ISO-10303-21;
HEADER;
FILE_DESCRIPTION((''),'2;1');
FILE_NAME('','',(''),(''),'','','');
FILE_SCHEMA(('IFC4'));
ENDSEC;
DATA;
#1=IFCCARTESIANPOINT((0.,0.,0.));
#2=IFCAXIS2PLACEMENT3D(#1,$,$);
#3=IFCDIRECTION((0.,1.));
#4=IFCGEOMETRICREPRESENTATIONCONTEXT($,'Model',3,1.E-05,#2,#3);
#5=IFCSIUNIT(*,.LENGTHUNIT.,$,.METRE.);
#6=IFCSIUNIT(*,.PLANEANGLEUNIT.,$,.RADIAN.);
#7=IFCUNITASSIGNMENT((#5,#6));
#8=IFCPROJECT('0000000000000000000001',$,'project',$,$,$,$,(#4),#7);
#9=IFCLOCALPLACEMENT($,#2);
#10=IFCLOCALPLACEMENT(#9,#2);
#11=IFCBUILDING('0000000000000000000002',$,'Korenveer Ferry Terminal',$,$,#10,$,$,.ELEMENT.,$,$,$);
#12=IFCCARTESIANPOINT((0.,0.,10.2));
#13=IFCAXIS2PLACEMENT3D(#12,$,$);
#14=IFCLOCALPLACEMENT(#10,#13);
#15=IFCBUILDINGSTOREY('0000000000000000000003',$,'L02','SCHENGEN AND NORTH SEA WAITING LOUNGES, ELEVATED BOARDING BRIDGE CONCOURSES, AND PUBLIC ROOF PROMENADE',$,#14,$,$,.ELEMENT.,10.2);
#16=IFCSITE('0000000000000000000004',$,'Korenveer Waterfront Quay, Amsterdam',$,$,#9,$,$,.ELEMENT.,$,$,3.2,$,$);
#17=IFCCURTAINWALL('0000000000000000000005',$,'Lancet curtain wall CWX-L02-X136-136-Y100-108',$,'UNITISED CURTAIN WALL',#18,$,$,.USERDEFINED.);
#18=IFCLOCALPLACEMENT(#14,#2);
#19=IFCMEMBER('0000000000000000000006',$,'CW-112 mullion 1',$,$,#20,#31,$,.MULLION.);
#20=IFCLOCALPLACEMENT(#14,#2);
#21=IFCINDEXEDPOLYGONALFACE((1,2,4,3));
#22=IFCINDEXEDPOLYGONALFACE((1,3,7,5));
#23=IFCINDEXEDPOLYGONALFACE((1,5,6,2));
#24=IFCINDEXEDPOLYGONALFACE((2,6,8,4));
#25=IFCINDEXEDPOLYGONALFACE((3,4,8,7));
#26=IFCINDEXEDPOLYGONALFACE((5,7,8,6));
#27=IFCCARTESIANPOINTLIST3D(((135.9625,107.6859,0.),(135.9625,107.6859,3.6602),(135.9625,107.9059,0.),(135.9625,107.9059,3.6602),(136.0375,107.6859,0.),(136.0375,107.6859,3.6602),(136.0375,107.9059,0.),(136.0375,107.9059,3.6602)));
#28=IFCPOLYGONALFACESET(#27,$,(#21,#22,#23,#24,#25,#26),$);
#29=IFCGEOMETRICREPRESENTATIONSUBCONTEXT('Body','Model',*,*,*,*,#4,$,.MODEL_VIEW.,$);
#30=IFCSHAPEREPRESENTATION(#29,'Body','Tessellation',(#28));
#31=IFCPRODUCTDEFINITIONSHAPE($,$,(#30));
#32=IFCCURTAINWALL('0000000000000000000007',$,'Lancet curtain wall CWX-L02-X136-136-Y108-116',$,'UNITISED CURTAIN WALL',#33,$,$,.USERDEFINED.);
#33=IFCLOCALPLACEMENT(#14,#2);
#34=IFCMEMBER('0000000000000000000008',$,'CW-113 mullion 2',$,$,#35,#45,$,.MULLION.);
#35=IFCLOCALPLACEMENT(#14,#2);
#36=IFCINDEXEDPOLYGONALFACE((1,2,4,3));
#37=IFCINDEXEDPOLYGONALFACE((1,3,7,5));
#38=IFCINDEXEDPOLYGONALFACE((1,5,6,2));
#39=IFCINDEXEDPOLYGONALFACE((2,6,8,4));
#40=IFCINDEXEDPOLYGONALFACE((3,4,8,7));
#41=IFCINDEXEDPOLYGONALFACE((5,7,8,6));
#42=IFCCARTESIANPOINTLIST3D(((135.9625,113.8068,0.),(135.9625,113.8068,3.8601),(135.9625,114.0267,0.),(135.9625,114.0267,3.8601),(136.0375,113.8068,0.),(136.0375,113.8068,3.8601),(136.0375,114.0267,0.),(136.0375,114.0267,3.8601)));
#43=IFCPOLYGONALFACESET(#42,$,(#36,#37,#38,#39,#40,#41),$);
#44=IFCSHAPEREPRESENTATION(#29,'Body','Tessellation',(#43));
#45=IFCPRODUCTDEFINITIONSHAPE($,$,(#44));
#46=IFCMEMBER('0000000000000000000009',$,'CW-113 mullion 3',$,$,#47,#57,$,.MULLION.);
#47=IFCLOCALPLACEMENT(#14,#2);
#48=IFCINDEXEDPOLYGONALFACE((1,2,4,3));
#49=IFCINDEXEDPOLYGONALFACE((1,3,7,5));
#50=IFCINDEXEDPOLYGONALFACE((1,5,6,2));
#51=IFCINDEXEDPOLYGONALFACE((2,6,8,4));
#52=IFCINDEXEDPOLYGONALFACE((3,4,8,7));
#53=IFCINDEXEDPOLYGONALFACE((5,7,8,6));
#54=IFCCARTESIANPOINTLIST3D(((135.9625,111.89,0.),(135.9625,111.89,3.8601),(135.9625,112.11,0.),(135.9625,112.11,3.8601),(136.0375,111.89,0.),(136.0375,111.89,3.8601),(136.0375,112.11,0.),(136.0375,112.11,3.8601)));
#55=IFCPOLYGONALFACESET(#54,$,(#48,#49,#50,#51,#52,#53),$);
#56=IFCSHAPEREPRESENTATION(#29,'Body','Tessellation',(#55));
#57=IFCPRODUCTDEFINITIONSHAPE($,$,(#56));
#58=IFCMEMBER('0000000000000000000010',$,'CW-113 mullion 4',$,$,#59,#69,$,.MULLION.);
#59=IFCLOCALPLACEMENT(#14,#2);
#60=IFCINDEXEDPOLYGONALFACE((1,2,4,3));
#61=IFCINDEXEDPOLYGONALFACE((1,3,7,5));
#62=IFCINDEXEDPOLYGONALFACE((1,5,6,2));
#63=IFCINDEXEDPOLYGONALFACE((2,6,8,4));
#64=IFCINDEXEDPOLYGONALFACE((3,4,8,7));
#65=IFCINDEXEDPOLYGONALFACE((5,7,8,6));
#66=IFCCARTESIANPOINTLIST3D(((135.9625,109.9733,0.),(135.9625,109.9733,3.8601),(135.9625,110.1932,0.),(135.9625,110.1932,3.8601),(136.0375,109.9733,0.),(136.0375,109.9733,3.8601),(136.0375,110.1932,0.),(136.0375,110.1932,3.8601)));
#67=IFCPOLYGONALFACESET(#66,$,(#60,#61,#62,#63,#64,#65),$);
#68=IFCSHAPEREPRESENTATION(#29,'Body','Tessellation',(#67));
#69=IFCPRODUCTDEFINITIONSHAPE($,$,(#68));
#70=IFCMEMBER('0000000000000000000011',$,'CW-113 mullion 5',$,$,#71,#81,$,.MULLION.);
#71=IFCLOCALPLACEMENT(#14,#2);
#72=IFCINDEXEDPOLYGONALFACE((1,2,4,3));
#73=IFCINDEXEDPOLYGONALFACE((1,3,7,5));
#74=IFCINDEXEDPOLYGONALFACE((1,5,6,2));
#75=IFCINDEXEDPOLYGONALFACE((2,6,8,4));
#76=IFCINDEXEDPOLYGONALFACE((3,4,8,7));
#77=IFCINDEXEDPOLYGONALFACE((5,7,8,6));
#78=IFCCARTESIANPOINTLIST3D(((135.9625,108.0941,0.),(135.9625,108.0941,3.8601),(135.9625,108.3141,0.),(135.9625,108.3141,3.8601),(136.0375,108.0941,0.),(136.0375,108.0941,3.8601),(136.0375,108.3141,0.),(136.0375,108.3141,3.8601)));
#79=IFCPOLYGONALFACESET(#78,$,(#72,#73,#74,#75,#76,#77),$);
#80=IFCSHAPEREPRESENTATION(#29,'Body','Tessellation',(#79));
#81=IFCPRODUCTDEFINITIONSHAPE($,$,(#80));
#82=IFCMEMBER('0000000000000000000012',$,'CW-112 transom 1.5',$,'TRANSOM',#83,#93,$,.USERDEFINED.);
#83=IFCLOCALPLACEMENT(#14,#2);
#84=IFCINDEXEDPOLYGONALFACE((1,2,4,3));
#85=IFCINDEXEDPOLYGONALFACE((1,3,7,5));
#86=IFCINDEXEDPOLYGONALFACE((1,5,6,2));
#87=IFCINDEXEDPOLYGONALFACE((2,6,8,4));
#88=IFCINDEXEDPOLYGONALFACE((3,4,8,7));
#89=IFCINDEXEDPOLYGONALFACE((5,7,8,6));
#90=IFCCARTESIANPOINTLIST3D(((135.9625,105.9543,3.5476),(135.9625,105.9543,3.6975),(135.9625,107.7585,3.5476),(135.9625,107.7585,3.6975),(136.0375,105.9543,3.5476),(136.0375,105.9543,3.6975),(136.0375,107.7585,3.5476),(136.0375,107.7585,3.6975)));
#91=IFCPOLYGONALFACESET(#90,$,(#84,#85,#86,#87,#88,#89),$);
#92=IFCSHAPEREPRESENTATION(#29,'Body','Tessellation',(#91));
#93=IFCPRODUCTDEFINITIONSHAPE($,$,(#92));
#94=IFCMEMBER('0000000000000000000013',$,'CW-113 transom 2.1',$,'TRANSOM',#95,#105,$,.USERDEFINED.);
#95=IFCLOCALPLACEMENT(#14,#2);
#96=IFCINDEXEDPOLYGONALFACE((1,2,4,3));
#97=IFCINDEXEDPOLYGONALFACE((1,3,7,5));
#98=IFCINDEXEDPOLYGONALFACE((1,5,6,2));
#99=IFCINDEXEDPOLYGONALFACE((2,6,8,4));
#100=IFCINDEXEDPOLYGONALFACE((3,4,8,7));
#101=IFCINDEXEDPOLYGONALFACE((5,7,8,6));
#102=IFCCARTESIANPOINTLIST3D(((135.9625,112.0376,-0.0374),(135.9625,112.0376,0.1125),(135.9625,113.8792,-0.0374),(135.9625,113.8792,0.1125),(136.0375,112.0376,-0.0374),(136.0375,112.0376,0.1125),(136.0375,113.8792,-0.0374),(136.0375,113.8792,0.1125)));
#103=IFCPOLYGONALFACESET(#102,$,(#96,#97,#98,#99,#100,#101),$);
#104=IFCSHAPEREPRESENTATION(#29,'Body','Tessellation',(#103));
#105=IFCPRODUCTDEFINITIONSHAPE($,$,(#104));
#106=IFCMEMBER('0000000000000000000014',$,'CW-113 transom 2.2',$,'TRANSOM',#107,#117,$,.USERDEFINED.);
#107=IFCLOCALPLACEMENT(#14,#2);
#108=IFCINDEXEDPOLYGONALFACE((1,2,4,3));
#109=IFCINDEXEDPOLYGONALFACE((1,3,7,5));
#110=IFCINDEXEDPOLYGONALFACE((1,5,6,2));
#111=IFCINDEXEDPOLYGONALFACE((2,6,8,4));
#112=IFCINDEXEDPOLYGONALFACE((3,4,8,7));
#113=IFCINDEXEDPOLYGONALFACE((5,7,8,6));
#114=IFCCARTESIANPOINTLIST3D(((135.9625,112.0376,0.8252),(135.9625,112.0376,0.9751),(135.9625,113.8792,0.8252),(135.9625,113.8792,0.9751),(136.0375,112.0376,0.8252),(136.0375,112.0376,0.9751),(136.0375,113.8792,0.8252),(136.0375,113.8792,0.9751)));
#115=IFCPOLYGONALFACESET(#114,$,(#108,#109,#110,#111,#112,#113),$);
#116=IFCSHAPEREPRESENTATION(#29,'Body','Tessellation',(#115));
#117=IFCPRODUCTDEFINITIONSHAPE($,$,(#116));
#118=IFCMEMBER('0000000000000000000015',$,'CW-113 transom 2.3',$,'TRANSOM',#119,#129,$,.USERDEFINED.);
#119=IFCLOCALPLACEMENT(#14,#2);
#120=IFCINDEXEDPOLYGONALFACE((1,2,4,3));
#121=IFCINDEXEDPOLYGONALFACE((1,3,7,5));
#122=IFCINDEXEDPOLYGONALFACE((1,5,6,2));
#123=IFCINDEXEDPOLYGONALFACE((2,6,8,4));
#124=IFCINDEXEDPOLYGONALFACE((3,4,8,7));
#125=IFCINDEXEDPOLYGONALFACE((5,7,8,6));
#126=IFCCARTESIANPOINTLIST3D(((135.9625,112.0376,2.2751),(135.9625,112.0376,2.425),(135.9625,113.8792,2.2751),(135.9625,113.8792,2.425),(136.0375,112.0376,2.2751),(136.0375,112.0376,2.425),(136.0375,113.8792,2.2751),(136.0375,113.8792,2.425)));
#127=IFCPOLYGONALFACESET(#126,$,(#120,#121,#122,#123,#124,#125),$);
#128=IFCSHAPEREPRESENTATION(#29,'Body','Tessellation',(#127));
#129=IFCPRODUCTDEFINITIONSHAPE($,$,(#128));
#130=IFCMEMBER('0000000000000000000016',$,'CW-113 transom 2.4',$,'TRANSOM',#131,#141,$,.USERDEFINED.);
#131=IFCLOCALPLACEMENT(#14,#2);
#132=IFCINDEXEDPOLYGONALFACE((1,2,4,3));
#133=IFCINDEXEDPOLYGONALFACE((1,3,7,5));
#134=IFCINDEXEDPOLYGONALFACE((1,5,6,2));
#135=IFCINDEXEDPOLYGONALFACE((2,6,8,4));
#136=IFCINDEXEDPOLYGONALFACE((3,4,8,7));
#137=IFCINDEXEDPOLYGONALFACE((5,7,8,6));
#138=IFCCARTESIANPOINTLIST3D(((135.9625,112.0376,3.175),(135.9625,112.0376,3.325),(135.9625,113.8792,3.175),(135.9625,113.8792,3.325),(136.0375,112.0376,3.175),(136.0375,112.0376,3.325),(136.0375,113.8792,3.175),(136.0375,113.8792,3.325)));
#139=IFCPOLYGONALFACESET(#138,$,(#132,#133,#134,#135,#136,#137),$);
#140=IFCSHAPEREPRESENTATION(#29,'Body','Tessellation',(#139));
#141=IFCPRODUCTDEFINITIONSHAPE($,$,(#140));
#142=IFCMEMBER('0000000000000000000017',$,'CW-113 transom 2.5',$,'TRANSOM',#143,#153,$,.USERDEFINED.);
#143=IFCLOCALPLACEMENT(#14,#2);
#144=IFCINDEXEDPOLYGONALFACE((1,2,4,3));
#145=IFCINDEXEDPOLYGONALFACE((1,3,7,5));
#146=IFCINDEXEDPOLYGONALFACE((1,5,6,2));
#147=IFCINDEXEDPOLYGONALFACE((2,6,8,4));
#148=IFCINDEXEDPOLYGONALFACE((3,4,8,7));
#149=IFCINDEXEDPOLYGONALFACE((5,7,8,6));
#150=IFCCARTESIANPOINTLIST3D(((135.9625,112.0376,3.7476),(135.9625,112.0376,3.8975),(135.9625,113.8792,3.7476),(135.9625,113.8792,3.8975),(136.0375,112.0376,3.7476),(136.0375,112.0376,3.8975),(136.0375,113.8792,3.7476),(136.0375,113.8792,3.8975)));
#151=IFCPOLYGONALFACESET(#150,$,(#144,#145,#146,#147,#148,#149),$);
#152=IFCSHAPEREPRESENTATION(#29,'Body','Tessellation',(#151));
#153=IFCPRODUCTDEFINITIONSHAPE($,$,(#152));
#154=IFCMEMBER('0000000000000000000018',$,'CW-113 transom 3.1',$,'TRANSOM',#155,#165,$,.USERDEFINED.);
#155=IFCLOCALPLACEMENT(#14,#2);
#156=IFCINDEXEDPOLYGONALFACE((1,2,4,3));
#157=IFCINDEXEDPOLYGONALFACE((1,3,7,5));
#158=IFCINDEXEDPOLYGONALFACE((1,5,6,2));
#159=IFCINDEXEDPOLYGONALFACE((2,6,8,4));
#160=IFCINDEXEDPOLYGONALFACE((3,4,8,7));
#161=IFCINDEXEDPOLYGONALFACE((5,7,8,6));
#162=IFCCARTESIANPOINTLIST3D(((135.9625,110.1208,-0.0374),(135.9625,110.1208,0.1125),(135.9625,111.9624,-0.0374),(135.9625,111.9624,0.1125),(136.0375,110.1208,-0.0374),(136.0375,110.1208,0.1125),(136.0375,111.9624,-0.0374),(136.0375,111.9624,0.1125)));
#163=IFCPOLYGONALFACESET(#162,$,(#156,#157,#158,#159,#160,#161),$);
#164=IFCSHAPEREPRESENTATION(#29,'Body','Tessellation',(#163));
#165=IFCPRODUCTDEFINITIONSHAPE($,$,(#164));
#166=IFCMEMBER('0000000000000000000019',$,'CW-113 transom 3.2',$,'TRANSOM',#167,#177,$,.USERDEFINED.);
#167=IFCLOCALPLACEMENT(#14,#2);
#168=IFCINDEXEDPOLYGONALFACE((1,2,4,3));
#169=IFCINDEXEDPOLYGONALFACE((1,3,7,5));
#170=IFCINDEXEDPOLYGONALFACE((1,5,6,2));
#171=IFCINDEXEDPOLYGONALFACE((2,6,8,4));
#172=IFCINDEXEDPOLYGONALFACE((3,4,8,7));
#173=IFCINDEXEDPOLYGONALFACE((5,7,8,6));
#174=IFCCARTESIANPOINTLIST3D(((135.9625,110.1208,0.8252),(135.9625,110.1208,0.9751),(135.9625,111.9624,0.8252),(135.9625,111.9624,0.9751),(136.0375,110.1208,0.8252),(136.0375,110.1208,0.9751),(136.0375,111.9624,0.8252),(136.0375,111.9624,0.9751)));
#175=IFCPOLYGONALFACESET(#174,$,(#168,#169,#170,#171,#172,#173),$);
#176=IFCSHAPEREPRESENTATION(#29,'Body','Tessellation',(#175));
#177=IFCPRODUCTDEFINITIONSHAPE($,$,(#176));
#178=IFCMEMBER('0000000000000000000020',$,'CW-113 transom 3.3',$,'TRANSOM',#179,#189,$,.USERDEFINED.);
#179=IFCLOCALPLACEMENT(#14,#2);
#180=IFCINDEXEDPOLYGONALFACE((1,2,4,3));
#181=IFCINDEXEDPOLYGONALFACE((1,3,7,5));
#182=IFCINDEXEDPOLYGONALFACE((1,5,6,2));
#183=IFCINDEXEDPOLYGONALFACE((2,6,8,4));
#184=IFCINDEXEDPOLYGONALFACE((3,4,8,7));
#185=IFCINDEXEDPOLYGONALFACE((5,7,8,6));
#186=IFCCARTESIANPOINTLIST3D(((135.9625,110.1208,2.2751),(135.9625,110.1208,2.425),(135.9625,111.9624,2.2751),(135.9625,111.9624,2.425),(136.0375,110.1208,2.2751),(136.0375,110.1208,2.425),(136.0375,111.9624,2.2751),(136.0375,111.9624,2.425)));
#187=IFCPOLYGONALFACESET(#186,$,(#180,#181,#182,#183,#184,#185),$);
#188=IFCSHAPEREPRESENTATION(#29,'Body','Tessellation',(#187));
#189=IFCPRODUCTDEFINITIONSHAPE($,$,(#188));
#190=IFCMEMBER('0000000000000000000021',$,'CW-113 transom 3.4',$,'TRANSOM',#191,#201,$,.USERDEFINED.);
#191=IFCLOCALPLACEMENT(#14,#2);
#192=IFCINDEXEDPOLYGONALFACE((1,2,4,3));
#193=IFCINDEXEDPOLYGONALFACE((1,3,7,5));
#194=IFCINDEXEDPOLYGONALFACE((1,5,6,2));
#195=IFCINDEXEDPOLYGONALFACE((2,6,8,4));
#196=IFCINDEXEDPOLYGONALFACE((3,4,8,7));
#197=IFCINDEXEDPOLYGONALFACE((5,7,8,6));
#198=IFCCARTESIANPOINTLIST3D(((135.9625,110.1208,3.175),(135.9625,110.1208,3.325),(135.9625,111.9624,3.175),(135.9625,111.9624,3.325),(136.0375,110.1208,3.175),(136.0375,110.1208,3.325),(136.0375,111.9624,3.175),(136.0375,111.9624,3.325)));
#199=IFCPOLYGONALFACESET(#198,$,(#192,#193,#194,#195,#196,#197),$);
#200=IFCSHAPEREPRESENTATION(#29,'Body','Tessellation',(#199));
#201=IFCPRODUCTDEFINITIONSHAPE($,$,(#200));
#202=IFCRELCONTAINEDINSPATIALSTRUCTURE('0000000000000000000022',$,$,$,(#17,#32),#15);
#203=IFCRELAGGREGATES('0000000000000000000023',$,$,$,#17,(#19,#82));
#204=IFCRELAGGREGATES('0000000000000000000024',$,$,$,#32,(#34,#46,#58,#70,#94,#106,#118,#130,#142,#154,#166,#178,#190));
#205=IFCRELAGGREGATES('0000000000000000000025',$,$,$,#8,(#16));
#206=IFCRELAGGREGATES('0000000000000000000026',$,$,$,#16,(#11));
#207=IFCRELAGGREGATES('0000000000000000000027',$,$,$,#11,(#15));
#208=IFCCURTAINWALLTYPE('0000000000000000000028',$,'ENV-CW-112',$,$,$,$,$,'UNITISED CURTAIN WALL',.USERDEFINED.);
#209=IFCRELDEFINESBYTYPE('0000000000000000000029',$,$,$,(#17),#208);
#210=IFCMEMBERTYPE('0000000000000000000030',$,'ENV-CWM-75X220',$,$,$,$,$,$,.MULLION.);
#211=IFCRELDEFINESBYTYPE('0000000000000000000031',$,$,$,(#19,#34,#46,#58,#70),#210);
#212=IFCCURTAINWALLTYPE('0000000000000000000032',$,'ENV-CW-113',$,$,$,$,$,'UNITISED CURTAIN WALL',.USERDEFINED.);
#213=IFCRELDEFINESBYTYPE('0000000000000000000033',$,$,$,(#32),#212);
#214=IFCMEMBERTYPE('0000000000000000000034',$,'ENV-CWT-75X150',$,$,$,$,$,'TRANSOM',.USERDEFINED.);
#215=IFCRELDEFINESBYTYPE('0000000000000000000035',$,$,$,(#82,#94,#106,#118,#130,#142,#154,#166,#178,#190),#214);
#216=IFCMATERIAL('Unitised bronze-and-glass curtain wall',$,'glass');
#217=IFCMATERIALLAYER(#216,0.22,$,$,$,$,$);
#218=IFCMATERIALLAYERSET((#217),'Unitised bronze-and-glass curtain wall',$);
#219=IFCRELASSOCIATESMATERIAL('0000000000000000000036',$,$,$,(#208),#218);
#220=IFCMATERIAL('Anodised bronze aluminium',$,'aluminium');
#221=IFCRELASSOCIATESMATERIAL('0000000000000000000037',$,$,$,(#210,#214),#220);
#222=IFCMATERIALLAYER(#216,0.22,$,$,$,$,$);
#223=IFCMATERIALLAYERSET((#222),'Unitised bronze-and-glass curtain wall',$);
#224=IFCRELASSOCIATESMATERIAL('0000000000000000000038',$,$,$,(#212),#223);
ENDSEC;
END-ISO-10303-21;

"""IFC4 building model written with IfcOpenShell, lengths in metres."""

from ifc_helpers import new_model, si_unit, direction, frame, origin, origin_2d, place, context, subcontext, project, spatial, rectangle, extrude, material, layer, layer_set, material_profile, profile_set, type_object, element, aggregate, save


model = new_model("IFC4")

# Units and contexts
model_context = context("Model", 3, precision=1e-05, world=origin(), true_north=direction((0.0, 1.0)))
body_context = subcontext(model_context, "Body", "Model", "MODEL_VIEW")
ifc_project = project(units=[si_unit("LENGTHUNIT", "METRE"), si_unit("PLANEANGLEUNIT", "RADIAN")], contexts=[model_context])

# Site, building, storey
site_placement = place(None, origin())
site = spatial("IfcSite", under=ifc_project, at=site_placement, Name="Korenveer Waterfront Quay, Amsterdam", CompositionType="ELEMENT", RefElevation=3.2)
building_placement = place(site_placement, origin())
building = spatial("IfcBuilding", under=site, at=building_placement, Name="Korenveer Ferry Terminal", CompositionType="ELEMENT")
storey_placement = place(building_placement, frame((0.0, 0.0, 10.2)))
storey = spatial("IfcBuildingStorey", under=building, at=storey_placement, Name="L02", Description="SCHENGEN AND NORTH SEA WAITING LOUNGES, ELEVATED BOARDING BRIDGE CONCOURSES, AND PUBLIC ROOF PROMENADE", CompositionType="ELEMENT", Elevation=10.2)

# Curtain wall, member
ifc_material_1 = material(Name="Unitised bronze-and-glass curtain wall", Category="glass")
ifc_layer_1 = layer(ifc_material_1, 0.22)
ifc_layer_set_1 = layer_set([ifc_layer_1], Name="Unitised bronze-and-glass curtain wall")
curtain_wall_type_1 = type_object("IfcCurtainWallType", Name="ENV-CW-112", ElementType="UNITISED CURTAIN WALL", PredefinedType="USERDEFINED", material=ifc_layer_set_1)
curtain_wall_1_placement = place(storey_placement, frame((136.0, 107.8335, 0.0)))
curtain_wall_1 = element("IfcCurtainWall", 1, at=curtain_wall_1_placement, inside=storey, type_object=curtain_wall_type_1, Name="Lancet curtain wall CWX-L02-X136-136-Y100-108", ObjectType="UNITISED CURTAIN WALL", PredefinedType="USERDEFINED")
ifc_material_2 = material(Name="Anodised bronze aluminium", Category="aluminium")
ifc_material_profile_1 = material_profile(ifc_material_2, rectangle(XDim=0.075, YDim=0.22, at=origin_2d()), Name="ALU 75x220")
ifc_profile_set_1 = profile_set([ifc_material_profile_1], Name="Anodised bronze aluminium")
member_type_1 = type_object("IfcMemberType", Name="ENV-CWM-75X220", PredefinedType="MULLION", material=ifc_profile_set_1)
member_1_placement = place(storey_placement, frame((136.0, 107.7959, 0.0), z_axis=(0.0, 0.0, 1.0), x_axis=(1.0, 0.0, 0.0)))
member_1 = element("IfcMember", 2, at=member_1_placement, type_object=member_type_1, Name="CW-112 mullion 1", PredefinedType="MULLION", context=body_context, shape_type="SweptSolid", body=[
    extrude(rectangle(XDim=0.075, YDim=0.22, at=origin_2d()), origin(), (0.0, 0.0, 1.0), 3.6602),
])

# Curtain wall, members
ifc_layer_2 = layer(ifc_material_1, 0.22)
ifc_layer_set_2 = layer_set([ifc_layer_2], Name="Unitised bronze-and-glass curtain wall")
curtain_wall_type_2 = type_object("IfcCurtainWallType", Name="ENV-CW-113", ElementType="UNITISED CURTAIN WALL", PredefinedType="USERDEFINED", material=ifc_layer_set_2)
curtain_wall_2_placement = place(storey_placement, frame((136.0, 115.8335, 0.0)))
curtain_wall_2 = element("IfcCurtainWall", 3, at=curtain_wall_2_placement, inside=storey, type_object=curtain_wall_type_2, Name="Lancet curtain wall CWX-L02-X136-136-Y108-116", ObjectType="UNITISED CURTAIN WALL", PredefinedType="USERDEFINED")
member_2_placement = place(storey_placement, frame((136.0, 113.9167, 0.0), z_axis=(0.0, 0.0, 1.0), x_axis=(1.0, 0.0, 0.0)))
member_2 = element("IfcMember", 4, at=member_2_placement, type_object=member_type_1, Name="CW-113 mullion 2", PredefinedType="MULLION", context=body_context, shape_type="SweptSolid", body=[
    extrude(rectangle(XDim=0.075, YDim=0.22, at=origin_2d()), origin(), (0.0, 0.0, 1.0), 3.8601),
])
member_3_placement = place(storey_placement, frame((136.0, 112.0, 0.0), z_axis=(0.0, 0.0, 1.0), x_axis=(1.0, 0.0, 0.0)))
member_3 = element("IfcMember", 5, at=member_3_placement, type_object=member_type_1, Name="CW-113 mullion 3", PredefinedType="MULLION", context=body_context, shape_type="SweptSolid", body=[
    extrude(rectangle(XDim=0.075, YDim=0.22, at=origin_2d()), origin(), (0.0, 0.0, 1.0), 3.8601),
])
member_4_placement = place(storey_placement, frame((136.0, 110.0833, 0.0), z_axis=(0.0, 0.0, 1.0), x_axis=(1.0, 0.0, 0.0)))
member_4 = element("IfcMember", 6, at=member_4_placement, type_object=member_type_1, Name="CW-113 mullion 4", PredefinedType="MULLION", context=body_context, shape_type="SweptSolid", body=[
    extrude(rectangle(XDim=0.075, YDim=0.22, at=origin_2d()), origin(), (0.0, 0.0, 1.0), 3.8601),
])
member_5_placement = place(storey_placement, frame((136.0, 108.2041, 0.0), z_axis=(0.0, 0.0, 1.0), x_axis=(1.0, 0.0, 0.0)))
member_5 = element("IfcMember", 7, at=member_5_placement, type_object=member_type_1, Name="CW-113 mullion 5", PredefinedType="MULLION", context=body_context, shape_type="SweptSolid", body=[
    extrude(rectangle(XDim=0.075, YDim=0.22, at=origin_2d()), origin(), (0.0, 0.0, 1.0), 3.8601),
])

# Members
ifc_material_profile_2 = material_profile(ifc_material_2, rectangle(XDim=0.075, YDim=0.1499, at=origin_2d()), Name="ALU 75x150")
ifc_profile_set_2 = profile_set([ifc_material_profile_2], Name="Anodised bronze aluminium")
member_type_2 = type_object("IfcMemberType", Name="ENV-CWT-75X150", ElementType="TRANSOM", PredefinedType="USERDEFINED", material=ifc_profile_set_2)
member_6_placement = place(storey_placement, frame((136.0, 107.7585, 3.6226), z_axis=(0.0, -1.0, 0.0), x_axis=(1.0, 0.0, 0.0)))
member_6 = element("IfcMember", 8, at=member_6_placement, type_object=member_type_2, Name="CW-112 transom 1.5", ObjectType="TRANSOM", PredefinedType="USERDEFINED", context=body_context, shape_type="SweptSolid", body=[
    extrude(rectangle(XDim=0.075, YDim=0.1499, at=origin_2d()), origin(), (0.0, 0.0, 1.0), 1.8042),
])
aggregate(curtain_wall_1, [member_1, member_6])
member_7_placement = place(storey_placement, frame((136.0, 113.8792, 0.0376), z_axis=(0.0, -1.0, 0.0), x_axis=(1.0, 0.0, 0.0)))
member_7 = element("IfcMember", 9, at=member_7_placement, type_object=member_type_2, Name="CW-113 transom 2.1", ObjectType="TRANSOM", PredefinedType="USERDEFINED", context=body_context, shape_type="SweptSolid", body=[
    extrude(rectangle(XDim=0.075, YDim=0.1499, at=origin_2d()), origin(), (0.0, 0.0, 1.0), 1.8416),
])
member_8_placement = place(storey_placement, frame((136.0, 113.8792, 0.9001), z_axis=(0.0, -1.0, 0.0), x_axis=(1.0, 0.0, 0.0)))
member_8 = element("IfcMember", 10, at=member_8_placement, type_object=member_type_2, Name="CW-113 transom 2.2", ObjectType="TRANSOM", PredefinedType="USERDEFINED", context=body_context, shape_type="SweptSolid", body=[
    extrude(rectangle(XDim=0.075, YDim=0.1499, at=origin_2d()), origin(), (0.0, 0.0, 1.0), 1.8416),
])
member_9_placement = place(storey_placement, frame((136.0, 113.8792, 2.3501), z_axis=(0.0, -1.0, 0.0), x_axis=(1.0, 0.0, 0.0)))
member_9 = element("IfcMember", 11, at=member_9_placement, type_object=member_type_2, Name="CW-113 transom 2.3", ObjectType="TRANSOM", PredefinedType="USERDEFINED", context=body_context, shape_type="SweptSolid", body=[
    extrude(rectangle(XDim=0.075, YDim=0.1499, at=origin_2d()), origin(), (0.0, 0.0, 1.0), 1.8416),
])
member_10_placement = place(storey_placement, frame((136.0, 113.8792, 3.25), z_axis=(0.0, -1.0, 0.0), x_axis=(1.0, 0.0, 0.0)))
member_10 = element("IfcMember", 12, at=member_10_placement, type_object=member_type_2, Name="CW-113 transom 2.4", ObjectType="TRANSOM", PredefinedType="USERDEFINED", context=body_context, shape_type="SweptSolid", body=[
    extrude(rectangle(XDim=0.075, YDim=0.1499, at=origin_2d()), origin(), (0.0, 0.0, 1.0), 1.8416),
])
member_11_placement = place(storey_placement, frame((136.0, 113.8792, 3.8225), z_axis=(0.0, -1.0, 0.0), x_axis=(1.0, 0.0, 0.0)))
member_11 = element("IfcMember", 13, at=member_11_placement, type_object=member_type_2, Name="CW-113 transom 2.5", ObjectType="TRANSOM", PredefinedType="USERDEFINED", context=body_context, shape_type="SweptSolid", body=[
    extrude(rectangle(XDim=0.075, YDim=0.1499, at=origin_2d()), origin(), (0.0, 0.0, 1.0), 1.8416),
])
member_12_placement = place(storey_placement, frame((136.0, 111.9624, 0.0376), z_axis=(0.0, -1.0, 0.0), x_axis=(1.0, 0.0, 0.0)))
member_12 = element("IfcMember", 14, at=member_12_placement, type_object=member_type_2, Name="CW-113 transom 3.1", ObjectType="TRANSOM", PredefinedType="USERDEFINED", context=body_context, shape_type="SweptSolid", body=[
    extrude(rectangle(XDim=0.075, YDim=0.1499, at=origin_2d()), origin(), (0.0, 0.0, 1.0), 1.8416),
])
member_13_placement = place(storey_placement, frame((136.0, 111.9624, 0.9001), z_axis=(0.0, -1.0, 0.0), x_axis=(1.0, 0.0, 0.0)))
member_13 = element("IfcMember", 15, at=member_13_placement, type_object=member_type_2, Name="CW-113 transom 3.2", ObjectType="TRANSOM", PredefinedType="USERDEFINED", context=body_context, shape_type="SweptSolid", body=[
    extrude(rectangle(XDim=0.075, YDim=0.1499, at=origin_2d()), origin(), (0.0, 0.0, 1.0), 1.8416),
])
member_14_placement = place(storey_placement, frame((136.0, 111.9624, 2.3501), z_axis=(0.0, -1.0, 0.0), x_axis=(1.0, 0.0, 0.0)))
member_14 = element("IfcMember", 16, at=member_14_placement, type_object=member_type_2, Name="CW-113 transom 3.3", ObjectType="TRANSOM", PredefinedType="USERDEFINED", context=body_context, shape_type="SweptSolid", body=[
    extrude(rectangle(XDim=0.075, YDim=0.1499, at=origin_2d()), origin(), (0.0, 0.0, 1.0), 1.8416),
])
member_15_placement = place(storey_placement, frame((136.0, 111.9624, 3.25), z_axis=(0.0, -1.0, 0.0), x_axis=(1.0, 0.0, 0.0)))
member_15 = element("IfcMember", 17, at=member_15_placement, type_object=member_type_2, Name="CW-113 transom 3.4", ObjectType="TRANSOM", PredefinedType="USERDEFINED", context=body_context, shape_type="SweptSolid", body=[
    extrude(rectangle(XDim=0.075, YDim=0.1499, at=origin_2d()), origin(), (0.0, 0.0, 1.0), 1.8416),
])

aggregate(curtain_wall_2, [member_2, member_3, member_4, member_5, member_7, member_8, member_9, member_10, member_11, member_12, member_13, member_14, member_15])

save(model, "model.ifc")
